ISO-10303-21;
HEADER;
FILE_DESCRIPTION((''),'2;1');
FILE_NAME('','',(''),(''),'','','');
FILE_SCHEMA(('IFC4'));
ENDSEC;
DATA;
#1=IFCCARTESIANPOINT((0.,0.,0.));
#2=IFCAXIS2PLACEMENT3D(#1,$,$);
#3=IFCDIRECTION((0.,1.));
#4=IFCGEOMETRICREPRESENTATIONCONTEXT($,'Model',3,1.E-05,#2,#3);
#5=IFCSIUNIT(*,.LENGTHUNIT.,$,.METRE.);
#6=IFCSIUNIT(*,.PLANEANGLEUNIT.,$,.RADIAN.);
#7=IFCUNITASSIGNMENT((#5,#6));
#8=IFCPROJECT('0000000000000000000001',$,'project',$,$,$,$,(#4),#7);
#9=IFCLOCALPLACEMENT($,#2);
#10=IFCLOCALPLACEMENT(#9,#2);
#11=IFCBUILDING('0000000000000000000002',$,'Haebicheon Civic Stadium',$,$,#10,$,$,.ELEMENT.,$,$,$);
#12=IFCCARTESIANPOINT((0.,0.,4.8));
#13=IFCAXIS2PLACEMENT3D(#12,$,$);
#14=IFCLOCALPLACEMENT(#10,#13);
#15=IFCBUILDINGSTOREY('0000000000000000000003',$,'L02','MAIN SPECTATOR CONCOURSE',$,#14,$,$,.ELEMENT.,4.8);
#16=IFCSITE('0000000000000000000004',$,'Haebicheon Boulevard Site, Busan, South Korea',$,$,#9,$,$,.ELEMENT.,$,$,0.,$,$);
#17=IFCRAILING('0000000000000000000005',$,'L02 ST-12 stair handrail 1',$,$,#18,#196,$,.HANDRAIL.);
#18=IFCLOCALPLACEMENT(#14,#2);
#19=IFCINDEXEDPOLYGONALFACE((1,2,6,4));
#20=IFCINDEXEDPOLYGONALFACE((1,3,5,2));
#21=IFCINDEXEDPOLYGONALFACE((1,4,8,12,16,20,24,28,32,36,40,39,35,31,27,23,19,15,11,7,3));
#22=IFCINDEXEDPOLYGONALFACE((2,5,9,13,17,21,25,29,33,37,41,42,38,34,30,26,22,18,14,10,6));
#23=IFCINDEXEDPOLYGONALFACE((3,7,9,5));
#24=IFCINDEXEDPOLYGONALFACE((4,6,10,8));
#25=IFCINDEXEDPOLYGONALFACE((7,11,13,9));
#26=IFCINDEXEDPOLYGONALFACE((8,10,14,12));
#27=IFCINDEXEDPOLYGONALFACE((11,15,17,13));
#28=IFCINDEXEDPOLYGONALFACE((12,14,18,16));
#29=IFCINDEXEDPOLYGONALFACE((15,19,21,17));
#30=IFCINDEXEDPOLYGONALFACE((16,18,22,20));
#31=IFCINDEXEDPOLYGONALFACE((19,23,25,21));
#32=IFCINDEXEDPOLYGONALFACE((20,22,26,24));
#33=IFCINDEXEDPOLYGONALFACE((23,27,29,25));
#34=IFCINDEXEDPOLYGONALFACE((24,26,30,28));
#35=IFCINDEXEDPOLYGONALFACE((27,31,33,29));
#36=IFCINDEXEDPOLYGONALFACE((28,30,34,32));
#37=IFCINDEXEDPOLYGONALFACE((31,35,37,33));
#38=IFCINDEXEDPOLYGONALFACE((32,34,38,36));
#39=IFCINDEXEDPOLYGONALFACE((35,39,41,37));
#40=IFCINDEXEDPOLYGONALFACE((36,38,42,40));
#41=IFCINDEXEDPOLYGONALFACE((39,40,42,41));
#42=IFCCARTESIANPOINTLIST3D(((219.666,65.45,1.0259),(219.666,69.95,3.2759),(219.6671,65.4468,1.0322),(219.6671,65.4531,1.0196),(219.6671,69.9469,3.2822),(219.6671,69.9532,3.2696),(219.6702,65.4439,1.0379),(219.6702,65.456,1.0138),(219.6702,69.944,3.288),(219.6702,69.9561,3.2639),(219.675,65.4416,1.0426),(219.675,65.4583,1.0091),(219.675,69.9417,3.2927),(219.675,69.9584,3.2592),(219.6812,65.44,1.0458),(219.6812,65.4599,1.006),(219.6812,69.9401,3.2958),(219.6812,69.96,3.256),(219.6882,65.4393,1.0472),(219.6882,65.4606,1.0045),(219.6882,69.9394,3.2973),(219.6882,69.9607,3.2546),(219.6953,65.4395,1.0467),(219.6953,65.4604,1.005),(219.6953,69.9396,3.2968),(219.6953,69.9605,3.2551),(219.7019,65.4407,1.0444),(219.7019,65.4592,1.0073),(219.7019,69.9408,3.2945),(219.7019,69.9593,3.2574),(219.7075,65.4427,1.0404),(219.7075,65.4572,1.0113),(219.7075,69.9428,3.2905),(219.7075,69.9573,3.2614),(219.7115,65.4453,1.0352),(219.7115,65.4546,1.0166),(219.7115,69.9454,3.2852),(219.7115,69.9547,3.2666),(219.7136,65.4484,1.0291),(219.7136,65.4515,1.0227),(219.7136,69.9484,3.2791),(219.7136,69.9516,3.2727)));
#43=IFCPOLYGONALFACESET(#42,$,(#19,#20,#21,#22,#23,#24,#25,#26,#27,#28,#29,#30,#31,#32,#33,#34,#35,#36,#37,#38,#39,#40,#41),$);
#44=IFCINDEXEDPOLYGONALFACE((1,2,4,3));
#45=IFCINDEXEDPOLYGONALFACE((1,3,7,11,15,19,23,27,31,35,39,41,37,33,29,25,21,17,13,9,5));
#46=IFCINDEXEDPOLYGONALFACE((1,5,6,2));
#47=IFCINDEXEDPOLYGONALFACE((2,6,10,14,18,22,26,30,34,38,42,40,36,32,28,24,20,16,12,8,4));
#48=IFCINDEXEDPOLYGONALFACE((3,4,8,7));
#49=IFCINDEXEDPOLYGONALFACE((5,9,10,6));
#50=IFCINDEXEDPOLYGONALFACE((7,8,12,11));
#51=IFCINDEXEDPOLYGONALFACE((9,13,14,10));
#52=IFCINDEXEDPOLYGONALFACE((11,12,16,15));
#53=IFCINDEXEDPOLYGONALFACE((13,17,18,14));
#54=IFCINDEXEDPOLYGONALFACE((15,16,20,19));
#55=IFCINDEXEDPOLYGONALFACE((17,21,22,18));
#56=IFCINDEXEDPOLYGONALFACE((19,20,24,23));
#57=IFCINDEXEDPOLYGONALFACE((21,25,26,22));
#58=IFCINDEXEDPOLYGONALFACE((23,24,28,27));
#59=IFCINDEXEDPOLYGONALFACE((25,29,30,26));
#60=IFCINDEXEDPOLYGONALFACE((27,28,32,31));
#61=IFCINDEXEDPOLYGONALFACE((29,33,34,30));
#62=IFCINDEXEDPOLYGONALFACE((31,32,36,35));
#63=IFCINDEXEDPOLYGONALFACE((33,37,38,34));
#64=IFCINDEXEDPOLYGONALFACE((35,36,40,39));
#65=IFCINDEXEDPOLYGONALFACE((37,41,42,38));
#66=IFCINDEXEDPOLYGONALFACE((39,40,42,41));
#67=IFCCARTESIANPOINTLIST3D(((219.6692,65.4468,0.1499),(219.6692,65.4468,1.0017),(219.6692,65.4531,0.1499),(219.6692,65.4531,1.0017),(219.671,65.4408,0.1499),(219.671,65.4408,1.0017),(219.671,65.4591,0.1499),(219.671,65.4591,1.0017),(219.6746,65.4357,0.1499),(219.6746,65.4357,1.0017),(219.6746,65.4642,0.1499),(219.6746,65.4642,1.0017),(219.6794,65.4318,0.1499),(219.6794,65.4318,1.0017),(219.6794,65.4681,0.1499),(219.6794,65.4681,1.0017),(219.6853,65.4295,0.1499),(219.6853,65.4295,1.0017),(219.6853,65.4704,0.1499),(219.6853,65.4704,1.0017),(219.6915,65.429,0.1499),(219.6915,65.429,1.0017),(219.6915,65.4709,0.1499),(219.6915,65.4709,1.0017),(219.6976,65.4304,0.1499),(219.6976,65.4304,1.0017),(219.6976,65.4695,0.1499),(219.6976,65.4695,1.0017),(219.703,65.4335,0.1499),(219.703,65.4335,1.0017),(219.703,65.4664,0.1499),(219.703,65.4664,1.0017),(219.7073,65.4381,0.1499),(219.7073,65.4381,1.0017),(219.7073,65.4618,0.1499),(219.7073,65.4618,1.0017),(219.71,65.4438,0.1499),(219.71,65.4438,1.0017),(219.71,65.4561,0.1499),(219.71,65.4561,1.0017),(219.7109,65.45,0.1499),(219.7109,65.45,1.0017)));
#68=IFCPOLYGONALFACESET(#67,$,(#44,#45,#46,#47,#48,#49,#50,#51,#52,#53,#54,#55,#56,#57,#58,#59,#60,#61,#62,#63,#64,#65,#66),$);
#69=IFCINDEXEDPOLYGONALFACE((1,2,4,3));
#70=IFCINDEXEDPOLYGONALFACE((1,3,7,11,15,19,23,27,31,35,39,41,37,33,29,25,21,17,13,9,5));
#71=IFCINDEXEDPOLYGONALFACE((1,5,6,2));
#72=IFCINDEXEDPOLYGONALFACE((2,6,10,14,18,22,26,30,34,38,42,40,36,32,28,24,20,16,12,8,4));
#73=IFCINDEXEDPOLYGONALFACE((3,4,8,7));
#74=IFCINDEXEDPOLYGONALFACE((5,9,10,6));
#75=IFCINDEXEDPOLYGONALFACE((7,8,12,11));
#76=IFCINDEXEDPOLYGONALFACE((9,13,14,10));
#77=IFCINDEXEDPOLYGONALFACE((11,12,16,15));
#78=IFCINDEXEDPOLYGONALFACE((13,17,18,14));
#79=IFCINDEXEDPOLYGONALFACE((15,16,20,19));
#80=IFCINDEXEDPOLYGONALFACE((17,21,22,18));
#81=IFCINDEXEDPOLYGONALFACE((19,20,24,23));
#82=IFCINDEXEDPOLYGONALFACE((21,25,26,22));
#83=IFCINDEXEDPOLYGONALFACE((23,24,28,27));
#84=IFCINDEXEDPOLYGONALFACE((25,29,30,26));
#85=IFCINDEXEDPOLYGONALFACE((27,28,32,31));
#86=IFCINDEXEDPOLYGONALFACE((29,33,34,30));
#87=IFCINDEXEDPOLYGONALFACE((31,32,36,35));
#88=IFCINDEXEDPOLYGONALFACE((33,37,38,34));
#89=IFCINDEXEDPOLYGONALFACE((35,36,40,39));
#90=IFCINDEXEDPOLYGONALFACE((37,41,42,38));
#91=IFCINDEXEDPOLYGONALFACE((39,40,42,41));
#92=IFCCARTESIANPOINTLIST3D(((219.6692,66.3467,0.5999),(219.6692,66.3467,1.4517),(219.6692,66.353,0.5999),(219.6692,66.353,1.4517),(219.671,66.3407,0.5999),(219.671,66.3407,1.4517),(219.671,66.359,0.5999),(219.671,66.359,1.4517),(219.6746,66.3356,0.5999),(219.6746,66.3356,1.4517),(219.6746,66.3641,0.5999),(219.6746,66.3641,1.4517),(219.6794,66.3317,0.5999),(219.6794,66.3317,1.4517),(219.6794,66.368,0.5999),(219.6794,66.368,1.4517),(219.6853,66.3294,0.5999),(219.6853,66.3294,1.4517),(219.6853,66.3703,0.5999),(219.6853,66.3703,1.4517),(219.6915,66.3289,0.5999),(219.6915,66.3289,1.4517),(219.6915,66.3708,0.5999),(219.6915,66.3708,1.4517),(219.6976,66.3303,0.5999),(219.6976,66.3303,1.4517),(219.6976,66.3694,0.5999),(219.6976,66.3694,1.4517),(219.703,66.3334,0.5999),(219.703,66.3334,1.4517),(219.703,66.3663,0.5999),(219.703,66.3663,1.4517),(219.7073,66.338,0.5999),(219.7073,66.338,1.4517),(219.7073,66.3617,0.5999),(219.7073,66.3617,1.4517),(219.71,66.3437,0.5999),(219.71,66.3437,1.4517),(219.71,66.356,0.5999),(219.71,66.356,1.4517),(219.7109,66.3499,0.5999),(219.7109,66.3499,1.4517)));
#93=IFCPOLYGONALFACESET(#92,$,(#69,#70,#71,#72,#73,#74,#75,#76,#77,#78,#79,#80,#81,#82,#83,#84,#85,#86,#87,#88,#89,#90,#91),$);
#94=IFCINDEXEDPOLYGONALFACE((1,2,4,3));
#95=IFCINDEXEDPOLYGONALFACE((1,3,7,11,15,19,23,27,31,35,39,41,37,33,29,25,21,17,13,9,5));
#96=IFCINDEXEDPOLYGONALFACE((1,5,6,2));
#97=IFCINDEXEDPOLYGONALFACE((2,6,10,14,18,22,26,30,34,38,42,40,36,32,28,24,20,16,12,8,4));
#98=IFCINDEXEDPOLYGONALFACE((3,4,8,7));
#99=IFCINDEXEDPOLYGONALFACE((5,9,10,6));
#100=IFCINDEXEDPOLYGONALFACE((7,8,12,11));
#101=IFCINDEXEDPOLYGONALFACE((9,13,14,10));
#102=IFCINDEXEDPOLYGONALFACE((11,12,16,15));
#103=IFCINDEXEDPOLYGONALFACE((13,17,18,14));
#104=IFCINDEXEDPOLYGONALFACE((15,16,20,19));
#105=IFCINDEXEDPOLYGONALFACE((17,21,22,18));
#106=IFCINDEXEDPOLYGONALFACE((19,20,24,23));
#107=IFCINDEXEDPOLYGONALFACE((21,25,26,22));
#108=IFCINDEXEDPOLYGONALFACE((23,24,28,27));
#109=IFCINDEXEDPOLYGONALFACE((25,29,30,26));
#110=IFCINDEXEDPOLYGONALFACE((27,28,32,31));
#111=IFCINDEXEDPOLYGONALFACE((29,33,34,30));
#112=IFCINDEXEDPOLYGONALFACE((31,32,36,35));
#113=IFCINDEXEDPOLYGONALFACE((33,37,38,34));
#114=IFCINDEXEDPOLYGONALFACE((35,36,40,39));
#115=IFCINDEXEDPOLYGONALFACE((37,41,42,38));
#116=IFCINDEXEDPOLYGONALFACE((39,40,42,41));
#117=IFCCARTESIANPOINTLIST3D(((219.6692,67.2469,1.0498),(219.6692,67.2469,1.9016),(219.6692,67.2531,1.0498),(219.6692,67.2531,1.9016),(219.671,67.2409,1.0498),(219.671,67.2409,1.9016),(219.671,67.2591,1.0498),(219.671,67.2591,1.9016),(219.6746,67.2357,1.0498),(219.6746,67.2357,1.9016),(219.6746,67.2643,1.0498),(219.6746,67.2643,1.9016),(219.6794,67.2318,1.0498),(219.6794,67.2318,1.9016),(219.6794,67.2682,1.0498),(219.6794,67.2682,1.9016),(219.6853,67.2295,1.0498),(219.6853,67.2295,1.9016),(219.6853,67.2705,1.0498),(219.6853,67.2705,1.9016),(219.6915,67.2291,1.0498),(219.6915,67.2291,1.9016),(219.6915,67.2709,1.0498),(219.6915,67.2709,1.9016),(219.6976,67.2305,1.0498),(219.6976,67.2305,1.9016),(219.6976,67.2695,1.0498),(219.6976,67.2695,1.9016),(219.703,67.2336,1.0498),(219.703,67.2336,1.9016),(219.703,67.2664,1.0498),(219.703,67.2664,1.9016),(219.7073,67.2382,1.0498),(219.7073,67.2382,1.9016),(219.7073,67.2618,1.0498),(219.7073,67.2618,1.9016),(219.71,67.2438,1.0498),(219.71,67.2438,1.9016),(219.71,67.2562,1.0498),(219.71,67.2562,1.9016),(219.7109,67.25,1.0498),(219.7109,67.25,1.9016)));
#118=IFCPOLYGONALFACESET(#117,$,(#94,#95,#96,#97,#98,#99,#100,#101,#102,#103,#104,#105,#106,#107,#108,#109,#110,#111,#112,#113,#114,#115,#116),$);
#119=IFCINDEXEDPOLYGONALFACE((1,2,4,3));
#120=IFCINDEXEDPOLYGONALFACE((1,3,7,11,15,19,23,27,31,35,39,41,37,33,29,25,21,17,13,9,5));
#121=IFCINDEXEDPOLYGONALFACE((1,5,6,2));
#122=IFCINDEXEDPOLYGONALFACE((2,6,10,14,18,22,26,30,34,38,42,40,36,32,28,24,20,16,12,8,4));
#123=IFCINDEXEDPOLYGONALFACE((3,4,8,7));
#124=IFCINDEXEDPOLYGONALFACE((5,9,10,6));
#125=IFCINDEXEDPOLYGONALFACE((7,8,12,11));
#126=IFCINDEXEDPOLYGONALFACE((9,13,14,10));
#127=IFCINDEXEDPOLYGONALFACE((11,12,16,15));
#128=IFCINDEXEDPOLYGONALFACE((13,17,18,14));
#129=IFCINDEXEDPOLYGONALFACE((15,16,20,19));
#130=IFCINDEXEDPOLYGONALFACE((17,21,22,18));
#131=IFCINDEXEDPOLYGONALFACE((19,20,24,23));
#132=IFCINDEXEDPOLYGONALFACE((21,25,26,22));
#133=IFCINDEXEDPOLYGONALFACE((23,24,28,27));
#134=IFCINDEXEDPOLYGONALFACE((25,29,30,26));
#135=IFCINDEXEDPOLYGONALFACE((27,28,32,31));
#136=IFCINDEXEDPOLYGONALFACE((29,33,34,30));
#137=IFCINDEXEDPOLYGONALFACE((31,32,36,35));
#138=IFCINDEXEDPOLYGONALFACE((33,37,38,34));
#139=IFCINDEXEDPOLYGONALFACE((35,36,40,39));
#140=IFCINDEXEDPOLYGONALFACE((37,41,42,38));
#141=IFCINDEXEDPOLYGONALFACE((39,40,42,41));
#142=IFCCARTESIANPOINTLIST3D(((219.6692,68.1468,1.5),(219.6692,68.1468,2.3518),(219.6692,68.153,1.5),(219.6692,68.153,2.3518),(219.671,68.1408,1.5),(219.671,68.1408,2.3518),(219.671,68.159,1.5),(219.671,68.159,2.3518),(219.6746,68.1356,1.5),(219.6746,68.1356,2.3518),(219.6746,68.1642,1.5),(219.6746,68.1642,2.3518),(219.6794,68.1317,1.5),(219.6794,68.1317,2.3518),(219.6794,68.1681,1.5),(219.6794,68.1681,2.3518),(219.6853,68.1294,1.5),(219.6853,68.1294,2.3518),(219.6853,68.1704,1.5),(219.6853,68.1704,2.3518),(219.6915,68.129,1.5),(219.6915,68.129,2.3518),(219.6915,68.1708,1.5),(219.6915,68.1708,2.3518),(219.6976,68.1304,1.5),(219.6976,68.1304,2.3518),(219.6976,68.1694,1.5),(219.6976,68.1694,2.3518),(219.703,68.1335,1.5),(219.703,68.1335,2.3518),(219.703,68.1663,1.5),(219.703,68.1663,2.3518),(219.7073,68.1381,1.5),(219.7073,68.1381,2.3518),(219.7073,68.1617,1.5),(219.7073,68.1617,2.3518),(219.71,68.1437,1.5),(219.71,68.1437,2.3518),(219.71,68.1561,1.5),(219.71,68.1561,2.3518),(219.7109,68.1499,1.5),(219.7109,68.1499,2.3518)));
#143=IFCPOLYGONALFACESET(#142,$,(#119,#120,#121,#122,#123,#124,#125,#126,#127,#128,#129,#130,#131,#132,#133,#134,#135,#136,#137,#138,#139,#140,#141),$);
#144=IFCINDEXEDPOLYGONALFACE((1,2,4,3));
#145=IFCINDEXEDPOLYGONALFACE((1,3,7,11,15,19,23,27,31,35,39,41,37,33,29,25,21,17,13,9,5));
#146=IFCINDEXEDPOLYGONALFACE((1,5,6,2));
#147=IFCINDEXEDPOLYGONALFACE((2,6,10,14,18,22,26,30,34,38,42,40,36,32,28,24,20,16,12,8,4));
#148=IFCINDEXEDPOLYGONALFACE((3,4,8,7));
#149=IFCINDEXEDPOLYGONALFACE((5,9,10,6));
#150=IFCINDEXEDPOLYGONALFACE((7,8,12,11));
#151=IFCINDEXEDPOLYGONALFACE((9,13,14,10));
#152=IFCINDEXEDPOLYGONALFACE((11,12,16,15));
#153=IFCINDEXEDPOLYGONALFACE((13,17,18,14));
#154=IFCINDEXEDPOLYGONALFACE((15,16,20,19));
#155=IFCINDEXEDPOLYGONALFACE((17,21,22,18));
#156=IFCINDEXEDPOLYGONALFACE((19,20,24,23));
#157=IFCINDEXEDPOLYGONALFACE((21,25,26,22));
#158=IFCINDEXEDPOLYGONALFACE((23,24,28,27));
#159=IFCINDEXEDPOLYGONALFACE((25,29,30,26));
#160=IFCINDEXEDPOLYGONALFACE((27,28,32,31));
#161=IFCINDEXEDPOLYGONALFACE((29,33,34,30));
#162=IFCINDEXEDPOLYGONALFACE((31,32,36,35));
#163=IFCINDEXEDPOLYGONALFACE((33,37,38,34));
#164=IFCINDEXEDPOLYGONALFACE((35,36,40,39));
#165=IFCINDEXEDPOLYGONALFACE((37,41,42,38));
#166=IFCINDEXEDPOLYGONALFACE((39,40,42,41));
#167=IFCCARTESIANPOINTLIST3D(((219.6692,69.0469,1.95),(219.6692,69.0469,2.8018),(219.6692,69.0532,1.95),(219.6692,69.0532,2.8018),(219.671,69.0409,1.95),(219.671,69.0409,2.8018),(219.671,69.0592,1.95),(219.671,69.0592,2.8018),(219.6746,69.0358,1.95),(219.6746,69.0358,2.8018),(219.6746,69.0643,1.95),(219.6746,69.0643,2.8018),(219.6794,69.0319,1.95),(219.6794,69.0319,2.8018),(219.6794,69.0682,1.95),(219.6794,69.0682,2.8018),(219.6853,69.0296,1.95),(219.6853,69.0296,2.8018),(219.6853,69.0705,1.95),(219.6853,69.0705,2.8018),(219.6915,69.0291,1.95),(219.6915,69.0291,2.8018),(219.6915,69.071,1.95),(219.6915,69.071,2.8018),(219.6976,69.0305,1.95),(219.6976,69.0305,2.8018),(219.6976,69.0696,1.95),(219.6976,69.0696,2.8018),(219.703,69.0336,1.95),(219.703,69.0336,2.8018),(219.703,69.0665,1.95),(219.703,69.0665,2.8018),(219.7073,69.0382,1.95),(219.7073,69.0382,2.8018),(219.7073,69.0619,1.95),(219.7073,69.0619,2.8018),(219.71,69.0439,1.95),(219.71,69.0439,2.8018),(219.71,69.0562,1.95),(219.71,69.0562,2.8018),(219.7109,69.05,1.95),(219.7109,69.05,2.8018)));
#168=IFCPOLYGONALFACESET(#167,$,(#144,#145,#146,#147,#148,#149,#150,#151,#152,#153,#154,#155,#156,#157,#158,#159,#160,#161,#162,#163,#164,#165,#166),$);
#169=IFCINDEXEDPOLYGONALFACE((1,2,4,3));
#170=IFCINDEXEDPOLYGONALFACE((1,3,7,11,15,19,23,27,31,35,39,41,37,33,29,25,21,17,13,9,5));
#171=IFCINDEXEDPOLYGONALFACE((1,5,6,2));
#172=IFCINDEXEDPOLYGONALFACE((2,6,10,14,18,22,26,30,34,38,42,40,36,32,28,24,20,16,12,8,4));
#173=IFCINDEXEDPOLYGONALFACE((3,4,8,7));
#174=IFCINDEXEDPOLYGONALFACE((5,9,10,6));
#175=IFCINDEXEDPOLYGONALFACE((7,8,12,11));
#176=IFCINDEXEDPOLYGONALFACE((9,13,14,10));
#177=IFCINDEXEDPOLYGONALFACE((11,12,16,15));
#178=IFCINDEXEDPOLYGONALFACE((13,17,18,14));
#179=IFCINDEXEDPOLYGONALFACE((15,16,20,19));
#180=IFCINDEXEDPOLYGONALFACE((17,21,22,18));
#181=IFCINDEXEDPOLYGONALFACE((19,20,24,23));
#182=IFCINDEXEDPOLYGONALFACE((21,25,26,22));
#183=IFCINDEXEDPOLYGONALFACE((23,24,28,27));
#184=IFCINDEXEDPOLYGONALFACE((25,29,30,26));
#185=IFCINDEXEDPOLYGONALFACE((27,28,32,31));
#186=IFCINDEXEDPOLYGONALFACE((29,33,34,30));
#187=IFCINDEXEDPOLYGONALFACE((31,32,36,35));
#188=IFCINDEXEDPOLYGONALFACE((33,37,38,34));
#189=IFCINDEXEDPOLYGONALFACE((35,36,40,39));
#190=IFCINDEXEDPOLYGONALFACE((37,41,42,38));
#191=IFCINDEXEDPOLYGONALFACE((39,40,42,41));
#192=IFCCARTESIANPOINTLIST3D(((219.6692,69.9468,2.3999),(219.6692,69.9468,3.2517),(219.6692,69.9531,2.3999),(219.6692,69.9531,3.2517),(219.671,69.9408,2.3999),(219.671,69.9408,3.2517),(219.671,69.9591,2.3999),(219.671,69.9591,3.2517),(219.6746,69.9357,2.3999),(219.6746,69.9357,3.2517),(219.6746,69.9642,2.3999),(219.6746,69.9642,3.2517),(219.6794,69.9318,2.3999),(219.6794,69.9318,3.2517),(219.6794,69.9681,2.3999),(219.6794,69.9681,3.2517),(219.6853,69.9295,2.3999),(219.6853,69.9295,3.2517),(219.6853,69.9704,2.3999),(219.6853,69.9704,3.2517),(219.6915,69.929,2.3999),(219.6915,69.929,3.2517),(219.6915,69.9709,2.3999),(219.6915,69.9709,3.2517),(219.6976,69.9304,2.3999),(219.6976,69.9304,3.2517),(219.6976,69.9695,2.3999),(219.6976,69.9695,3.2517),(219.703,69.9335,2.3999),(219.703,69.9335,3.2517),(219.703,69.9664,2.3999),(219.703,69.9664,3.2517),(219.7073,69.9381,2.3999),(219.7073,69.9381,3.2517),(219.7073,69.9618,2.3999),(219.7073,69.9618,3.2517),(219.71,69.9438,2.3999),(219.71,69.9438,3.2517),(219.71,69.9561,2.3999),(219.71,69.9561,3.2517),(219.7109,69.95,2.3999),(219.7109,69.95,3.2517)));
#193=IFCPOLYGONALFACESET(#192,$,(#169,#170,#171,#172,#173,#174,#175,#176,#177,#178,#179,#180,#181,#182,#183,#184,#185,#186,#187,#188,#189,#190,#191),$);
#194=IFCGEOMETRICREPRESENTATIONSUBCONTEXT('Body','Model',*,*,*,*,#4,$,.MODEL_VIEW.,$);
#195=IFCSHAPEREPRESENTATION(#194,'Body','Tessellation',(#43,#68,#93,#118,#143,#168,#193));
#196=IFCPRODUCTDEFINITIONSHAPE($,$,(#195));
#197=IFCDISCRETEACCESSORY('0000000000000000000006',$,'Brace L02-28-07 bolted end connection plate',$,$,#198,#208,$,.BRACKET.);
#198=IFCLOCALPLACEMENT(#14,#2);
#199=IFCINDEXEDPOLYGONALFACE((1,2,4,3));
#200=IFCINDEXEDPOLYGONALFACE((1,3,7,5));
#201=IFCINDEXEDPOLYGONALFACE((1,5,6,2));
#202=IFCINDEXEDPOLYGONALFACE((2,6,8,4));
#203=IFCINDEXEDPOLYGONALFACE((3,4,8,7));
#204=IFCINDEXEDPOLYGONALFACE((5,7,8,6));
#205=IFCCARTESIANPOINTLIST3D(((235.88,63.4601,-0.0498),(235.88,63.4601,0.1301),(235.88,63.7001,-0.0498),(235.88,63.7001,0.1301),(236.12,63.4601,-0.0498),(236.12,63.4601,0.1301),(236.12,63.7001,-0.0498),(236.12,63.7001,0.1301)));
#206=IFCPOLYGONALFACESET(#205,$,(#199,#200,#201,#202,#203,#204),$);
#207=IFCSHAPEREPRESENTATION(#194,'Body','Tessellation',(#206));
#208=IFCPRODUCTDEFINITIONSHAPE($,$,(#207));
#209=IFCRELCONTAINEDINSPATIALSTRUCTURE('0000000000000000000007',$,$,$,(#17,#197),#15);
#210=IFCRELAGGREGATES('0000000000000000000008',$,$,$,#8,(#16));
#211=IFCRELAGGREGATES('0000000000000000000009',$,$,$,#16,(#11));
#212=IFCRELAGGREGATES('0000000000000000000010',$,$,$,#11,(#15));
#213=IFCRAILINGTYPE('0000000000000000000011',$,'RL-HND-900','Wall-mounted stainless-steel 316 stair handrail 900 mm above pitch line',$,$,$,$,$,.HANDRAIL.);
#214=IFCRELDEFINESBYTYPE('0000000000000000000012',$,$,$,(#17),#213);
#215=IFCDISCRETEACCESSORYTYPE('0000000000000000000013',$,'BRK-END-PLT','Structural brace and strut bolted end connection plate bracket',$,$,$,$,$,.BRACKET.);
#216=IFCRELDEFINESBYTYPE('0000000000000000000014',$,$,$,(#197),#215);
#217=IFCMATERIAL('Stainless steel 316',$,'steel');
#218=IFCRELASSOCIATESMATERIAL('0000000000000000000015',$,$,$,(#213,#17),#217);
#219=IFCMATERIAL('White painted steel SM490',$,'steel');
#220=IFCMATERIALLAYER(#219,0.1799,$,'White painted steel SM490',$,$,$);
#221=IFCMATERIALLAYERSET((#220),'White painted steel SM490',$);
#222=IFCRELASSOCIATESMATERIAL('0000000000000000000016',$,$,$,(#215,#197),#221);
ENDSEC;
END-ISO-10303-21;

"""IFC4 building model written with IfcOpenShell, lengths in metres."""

from ifc_helpers import new_model, si_unit, direction, frame, origin, origin_2d, place, context, subcontext, project, spatial, rectangle, circle, extrude, material, layer, layer_set, type_object, element, save


model = new_model("IFC4")

# Units and contexts
model_context = context("Model", 3, precision=1e-05, world=origin(), true_north=direction((0.0, 1.0)))
body_context = subcontext(model_context, "Body", "Model", "MODEL_VIEW")
ifc_project = project(units=[si_unit("LENGTHUNIT", "METRE"), si_unit("PLANEANGLEUNIT", "RADIAN")], contexts=[model_context])

# Site, building, storey
site_placement = place(None, origin())
site = spatial("IfcSite", under=ifc_project, at=site_placement, Name="Haebicheon Boulevard Site, Busan, South Korea", CompositionType="ELEMENT", RefElevation=0.0)
building_placement = place(site_placement, origin())
building = spatial("IfcBuilding", under=site, at=building_placement, Name="Haebicheon Civic Stadium", CompositionType="ELEMENT")
storey_placement = place(building_placement, frame((0.0, 0.0, 4.8)))
storey = spatial("IfcBuildingStorey", under=building, at=storey_placement, Name="L02", Description="MAIN SPECTATOR CONCOURSE", CompositionType="ELEMENT", Elevation=4.8)

# Railing
ifc_material_1 = material(Name="Stainless steel 316", Category="steel")
railing_type_1 = type_object("IfcRailingType", Name="RL-HND-900", Description="Wall-mounted stainless-steel 316 stair handrail 900 mm above pitch line", PredefinedType="HANDRAIL", material=ifc_material_1)
railing_1_placement = place(storey_placement, frame((219.6899, 65.45, 0.1499)))
element("IfcRailing", 1, at=railing_1_placement, inside=storey, type_object=railing_type_1, material=ifc_material_1, Name="L02 ST-12 stair handrail 1", PredefinedType="HANDRAIL", context=body_context, shape_type="SweptSolid", body=[
    extrude(circle(Radius=0.0239, at=origin_2d()), frame((0.0, 0.0, 0.876), z_axis=(0.0, 0.894427, 0.447214), x_axis=(-1.0, 0.0, 0.0)), (0.0, 0.0, 1.0), 5.0312),
    extrude(circle(Radius=0.021, at=origin_2d()), origin(), (0.0, 0.0, 1.0), 0.8518),
    extrude(circle(Radius=0.021, at=origin_2d()), frame((0.0, 0.8999, 0.45)), (0.0, 0.0, 1.0), 0.8518),
    extrude(circle(Radius=0.021, at=origin_2d()), frame((0.0, 1.8, 0.8999)), (0.0, 0.0, 1.0), 0.8518),
    extrude(circle(Radius=0.021, at=origin_2d()), frame((0.0, 2.7, 1.3501)), (0.0, 0.0, 1.0), 0.8518),
    extrude(circle(Radius=0.021, at=origin_2d()), frame((0.0, 3.6001, 1.8)), (0.0, 0.0, 1.0), 0.8518),
    extrude(circle(Radius=0.021, at=origin_2d()), frame((0.0, 4.5, 2.25)), (0.0, 0.0, 1.0), 0.8518),
])

# Discrete accessory
ifc_material_2 = material(Name="White painted steel SM490", Category="steel")
ifc_layer_1 = layer(ifc_material_2, 0.1799, Name="White painted steel SM490")
ifc_layer_set_1 = layer_set([ifc_layer_1], Name="White painted steel SM490")
discrete_accessory_type_1 = type_object("IfcDiscreteAccessoryType", Name="BRK-END-PLT", Description="Structural brace and strut bolted end connection plate bracket", PredefinedType="BRACKET", material=ifc_layer_set_1)
for number, where, z_axis, x_axis, name in (
    (2, (236.0, 63.5801, -0.0498), (0.0, 0.0, 1.0), (1.0, 0.0, 0.0), "Brace L02-28-07 bolted end connection plate"),
):
    element("IfcDiscreteAccessory", number, at=place(storey_placement, frame(where, z_axis=z_axis, x_axis=x_axis)), inside=storey, type_object=discrete_accessory_type_1, material=ifc_layer_set_1, Name=name, PredefinedType="BRACKET", context=body_context, shape_type="SweptSolid", body=[
        extrude(rectangle(XDim=0.24, YDim=0.24, at=origin_2d()), origin(), (0.0, 0.0, 1.0), 0.1799),
    ])

save(model, "model.ifc")
